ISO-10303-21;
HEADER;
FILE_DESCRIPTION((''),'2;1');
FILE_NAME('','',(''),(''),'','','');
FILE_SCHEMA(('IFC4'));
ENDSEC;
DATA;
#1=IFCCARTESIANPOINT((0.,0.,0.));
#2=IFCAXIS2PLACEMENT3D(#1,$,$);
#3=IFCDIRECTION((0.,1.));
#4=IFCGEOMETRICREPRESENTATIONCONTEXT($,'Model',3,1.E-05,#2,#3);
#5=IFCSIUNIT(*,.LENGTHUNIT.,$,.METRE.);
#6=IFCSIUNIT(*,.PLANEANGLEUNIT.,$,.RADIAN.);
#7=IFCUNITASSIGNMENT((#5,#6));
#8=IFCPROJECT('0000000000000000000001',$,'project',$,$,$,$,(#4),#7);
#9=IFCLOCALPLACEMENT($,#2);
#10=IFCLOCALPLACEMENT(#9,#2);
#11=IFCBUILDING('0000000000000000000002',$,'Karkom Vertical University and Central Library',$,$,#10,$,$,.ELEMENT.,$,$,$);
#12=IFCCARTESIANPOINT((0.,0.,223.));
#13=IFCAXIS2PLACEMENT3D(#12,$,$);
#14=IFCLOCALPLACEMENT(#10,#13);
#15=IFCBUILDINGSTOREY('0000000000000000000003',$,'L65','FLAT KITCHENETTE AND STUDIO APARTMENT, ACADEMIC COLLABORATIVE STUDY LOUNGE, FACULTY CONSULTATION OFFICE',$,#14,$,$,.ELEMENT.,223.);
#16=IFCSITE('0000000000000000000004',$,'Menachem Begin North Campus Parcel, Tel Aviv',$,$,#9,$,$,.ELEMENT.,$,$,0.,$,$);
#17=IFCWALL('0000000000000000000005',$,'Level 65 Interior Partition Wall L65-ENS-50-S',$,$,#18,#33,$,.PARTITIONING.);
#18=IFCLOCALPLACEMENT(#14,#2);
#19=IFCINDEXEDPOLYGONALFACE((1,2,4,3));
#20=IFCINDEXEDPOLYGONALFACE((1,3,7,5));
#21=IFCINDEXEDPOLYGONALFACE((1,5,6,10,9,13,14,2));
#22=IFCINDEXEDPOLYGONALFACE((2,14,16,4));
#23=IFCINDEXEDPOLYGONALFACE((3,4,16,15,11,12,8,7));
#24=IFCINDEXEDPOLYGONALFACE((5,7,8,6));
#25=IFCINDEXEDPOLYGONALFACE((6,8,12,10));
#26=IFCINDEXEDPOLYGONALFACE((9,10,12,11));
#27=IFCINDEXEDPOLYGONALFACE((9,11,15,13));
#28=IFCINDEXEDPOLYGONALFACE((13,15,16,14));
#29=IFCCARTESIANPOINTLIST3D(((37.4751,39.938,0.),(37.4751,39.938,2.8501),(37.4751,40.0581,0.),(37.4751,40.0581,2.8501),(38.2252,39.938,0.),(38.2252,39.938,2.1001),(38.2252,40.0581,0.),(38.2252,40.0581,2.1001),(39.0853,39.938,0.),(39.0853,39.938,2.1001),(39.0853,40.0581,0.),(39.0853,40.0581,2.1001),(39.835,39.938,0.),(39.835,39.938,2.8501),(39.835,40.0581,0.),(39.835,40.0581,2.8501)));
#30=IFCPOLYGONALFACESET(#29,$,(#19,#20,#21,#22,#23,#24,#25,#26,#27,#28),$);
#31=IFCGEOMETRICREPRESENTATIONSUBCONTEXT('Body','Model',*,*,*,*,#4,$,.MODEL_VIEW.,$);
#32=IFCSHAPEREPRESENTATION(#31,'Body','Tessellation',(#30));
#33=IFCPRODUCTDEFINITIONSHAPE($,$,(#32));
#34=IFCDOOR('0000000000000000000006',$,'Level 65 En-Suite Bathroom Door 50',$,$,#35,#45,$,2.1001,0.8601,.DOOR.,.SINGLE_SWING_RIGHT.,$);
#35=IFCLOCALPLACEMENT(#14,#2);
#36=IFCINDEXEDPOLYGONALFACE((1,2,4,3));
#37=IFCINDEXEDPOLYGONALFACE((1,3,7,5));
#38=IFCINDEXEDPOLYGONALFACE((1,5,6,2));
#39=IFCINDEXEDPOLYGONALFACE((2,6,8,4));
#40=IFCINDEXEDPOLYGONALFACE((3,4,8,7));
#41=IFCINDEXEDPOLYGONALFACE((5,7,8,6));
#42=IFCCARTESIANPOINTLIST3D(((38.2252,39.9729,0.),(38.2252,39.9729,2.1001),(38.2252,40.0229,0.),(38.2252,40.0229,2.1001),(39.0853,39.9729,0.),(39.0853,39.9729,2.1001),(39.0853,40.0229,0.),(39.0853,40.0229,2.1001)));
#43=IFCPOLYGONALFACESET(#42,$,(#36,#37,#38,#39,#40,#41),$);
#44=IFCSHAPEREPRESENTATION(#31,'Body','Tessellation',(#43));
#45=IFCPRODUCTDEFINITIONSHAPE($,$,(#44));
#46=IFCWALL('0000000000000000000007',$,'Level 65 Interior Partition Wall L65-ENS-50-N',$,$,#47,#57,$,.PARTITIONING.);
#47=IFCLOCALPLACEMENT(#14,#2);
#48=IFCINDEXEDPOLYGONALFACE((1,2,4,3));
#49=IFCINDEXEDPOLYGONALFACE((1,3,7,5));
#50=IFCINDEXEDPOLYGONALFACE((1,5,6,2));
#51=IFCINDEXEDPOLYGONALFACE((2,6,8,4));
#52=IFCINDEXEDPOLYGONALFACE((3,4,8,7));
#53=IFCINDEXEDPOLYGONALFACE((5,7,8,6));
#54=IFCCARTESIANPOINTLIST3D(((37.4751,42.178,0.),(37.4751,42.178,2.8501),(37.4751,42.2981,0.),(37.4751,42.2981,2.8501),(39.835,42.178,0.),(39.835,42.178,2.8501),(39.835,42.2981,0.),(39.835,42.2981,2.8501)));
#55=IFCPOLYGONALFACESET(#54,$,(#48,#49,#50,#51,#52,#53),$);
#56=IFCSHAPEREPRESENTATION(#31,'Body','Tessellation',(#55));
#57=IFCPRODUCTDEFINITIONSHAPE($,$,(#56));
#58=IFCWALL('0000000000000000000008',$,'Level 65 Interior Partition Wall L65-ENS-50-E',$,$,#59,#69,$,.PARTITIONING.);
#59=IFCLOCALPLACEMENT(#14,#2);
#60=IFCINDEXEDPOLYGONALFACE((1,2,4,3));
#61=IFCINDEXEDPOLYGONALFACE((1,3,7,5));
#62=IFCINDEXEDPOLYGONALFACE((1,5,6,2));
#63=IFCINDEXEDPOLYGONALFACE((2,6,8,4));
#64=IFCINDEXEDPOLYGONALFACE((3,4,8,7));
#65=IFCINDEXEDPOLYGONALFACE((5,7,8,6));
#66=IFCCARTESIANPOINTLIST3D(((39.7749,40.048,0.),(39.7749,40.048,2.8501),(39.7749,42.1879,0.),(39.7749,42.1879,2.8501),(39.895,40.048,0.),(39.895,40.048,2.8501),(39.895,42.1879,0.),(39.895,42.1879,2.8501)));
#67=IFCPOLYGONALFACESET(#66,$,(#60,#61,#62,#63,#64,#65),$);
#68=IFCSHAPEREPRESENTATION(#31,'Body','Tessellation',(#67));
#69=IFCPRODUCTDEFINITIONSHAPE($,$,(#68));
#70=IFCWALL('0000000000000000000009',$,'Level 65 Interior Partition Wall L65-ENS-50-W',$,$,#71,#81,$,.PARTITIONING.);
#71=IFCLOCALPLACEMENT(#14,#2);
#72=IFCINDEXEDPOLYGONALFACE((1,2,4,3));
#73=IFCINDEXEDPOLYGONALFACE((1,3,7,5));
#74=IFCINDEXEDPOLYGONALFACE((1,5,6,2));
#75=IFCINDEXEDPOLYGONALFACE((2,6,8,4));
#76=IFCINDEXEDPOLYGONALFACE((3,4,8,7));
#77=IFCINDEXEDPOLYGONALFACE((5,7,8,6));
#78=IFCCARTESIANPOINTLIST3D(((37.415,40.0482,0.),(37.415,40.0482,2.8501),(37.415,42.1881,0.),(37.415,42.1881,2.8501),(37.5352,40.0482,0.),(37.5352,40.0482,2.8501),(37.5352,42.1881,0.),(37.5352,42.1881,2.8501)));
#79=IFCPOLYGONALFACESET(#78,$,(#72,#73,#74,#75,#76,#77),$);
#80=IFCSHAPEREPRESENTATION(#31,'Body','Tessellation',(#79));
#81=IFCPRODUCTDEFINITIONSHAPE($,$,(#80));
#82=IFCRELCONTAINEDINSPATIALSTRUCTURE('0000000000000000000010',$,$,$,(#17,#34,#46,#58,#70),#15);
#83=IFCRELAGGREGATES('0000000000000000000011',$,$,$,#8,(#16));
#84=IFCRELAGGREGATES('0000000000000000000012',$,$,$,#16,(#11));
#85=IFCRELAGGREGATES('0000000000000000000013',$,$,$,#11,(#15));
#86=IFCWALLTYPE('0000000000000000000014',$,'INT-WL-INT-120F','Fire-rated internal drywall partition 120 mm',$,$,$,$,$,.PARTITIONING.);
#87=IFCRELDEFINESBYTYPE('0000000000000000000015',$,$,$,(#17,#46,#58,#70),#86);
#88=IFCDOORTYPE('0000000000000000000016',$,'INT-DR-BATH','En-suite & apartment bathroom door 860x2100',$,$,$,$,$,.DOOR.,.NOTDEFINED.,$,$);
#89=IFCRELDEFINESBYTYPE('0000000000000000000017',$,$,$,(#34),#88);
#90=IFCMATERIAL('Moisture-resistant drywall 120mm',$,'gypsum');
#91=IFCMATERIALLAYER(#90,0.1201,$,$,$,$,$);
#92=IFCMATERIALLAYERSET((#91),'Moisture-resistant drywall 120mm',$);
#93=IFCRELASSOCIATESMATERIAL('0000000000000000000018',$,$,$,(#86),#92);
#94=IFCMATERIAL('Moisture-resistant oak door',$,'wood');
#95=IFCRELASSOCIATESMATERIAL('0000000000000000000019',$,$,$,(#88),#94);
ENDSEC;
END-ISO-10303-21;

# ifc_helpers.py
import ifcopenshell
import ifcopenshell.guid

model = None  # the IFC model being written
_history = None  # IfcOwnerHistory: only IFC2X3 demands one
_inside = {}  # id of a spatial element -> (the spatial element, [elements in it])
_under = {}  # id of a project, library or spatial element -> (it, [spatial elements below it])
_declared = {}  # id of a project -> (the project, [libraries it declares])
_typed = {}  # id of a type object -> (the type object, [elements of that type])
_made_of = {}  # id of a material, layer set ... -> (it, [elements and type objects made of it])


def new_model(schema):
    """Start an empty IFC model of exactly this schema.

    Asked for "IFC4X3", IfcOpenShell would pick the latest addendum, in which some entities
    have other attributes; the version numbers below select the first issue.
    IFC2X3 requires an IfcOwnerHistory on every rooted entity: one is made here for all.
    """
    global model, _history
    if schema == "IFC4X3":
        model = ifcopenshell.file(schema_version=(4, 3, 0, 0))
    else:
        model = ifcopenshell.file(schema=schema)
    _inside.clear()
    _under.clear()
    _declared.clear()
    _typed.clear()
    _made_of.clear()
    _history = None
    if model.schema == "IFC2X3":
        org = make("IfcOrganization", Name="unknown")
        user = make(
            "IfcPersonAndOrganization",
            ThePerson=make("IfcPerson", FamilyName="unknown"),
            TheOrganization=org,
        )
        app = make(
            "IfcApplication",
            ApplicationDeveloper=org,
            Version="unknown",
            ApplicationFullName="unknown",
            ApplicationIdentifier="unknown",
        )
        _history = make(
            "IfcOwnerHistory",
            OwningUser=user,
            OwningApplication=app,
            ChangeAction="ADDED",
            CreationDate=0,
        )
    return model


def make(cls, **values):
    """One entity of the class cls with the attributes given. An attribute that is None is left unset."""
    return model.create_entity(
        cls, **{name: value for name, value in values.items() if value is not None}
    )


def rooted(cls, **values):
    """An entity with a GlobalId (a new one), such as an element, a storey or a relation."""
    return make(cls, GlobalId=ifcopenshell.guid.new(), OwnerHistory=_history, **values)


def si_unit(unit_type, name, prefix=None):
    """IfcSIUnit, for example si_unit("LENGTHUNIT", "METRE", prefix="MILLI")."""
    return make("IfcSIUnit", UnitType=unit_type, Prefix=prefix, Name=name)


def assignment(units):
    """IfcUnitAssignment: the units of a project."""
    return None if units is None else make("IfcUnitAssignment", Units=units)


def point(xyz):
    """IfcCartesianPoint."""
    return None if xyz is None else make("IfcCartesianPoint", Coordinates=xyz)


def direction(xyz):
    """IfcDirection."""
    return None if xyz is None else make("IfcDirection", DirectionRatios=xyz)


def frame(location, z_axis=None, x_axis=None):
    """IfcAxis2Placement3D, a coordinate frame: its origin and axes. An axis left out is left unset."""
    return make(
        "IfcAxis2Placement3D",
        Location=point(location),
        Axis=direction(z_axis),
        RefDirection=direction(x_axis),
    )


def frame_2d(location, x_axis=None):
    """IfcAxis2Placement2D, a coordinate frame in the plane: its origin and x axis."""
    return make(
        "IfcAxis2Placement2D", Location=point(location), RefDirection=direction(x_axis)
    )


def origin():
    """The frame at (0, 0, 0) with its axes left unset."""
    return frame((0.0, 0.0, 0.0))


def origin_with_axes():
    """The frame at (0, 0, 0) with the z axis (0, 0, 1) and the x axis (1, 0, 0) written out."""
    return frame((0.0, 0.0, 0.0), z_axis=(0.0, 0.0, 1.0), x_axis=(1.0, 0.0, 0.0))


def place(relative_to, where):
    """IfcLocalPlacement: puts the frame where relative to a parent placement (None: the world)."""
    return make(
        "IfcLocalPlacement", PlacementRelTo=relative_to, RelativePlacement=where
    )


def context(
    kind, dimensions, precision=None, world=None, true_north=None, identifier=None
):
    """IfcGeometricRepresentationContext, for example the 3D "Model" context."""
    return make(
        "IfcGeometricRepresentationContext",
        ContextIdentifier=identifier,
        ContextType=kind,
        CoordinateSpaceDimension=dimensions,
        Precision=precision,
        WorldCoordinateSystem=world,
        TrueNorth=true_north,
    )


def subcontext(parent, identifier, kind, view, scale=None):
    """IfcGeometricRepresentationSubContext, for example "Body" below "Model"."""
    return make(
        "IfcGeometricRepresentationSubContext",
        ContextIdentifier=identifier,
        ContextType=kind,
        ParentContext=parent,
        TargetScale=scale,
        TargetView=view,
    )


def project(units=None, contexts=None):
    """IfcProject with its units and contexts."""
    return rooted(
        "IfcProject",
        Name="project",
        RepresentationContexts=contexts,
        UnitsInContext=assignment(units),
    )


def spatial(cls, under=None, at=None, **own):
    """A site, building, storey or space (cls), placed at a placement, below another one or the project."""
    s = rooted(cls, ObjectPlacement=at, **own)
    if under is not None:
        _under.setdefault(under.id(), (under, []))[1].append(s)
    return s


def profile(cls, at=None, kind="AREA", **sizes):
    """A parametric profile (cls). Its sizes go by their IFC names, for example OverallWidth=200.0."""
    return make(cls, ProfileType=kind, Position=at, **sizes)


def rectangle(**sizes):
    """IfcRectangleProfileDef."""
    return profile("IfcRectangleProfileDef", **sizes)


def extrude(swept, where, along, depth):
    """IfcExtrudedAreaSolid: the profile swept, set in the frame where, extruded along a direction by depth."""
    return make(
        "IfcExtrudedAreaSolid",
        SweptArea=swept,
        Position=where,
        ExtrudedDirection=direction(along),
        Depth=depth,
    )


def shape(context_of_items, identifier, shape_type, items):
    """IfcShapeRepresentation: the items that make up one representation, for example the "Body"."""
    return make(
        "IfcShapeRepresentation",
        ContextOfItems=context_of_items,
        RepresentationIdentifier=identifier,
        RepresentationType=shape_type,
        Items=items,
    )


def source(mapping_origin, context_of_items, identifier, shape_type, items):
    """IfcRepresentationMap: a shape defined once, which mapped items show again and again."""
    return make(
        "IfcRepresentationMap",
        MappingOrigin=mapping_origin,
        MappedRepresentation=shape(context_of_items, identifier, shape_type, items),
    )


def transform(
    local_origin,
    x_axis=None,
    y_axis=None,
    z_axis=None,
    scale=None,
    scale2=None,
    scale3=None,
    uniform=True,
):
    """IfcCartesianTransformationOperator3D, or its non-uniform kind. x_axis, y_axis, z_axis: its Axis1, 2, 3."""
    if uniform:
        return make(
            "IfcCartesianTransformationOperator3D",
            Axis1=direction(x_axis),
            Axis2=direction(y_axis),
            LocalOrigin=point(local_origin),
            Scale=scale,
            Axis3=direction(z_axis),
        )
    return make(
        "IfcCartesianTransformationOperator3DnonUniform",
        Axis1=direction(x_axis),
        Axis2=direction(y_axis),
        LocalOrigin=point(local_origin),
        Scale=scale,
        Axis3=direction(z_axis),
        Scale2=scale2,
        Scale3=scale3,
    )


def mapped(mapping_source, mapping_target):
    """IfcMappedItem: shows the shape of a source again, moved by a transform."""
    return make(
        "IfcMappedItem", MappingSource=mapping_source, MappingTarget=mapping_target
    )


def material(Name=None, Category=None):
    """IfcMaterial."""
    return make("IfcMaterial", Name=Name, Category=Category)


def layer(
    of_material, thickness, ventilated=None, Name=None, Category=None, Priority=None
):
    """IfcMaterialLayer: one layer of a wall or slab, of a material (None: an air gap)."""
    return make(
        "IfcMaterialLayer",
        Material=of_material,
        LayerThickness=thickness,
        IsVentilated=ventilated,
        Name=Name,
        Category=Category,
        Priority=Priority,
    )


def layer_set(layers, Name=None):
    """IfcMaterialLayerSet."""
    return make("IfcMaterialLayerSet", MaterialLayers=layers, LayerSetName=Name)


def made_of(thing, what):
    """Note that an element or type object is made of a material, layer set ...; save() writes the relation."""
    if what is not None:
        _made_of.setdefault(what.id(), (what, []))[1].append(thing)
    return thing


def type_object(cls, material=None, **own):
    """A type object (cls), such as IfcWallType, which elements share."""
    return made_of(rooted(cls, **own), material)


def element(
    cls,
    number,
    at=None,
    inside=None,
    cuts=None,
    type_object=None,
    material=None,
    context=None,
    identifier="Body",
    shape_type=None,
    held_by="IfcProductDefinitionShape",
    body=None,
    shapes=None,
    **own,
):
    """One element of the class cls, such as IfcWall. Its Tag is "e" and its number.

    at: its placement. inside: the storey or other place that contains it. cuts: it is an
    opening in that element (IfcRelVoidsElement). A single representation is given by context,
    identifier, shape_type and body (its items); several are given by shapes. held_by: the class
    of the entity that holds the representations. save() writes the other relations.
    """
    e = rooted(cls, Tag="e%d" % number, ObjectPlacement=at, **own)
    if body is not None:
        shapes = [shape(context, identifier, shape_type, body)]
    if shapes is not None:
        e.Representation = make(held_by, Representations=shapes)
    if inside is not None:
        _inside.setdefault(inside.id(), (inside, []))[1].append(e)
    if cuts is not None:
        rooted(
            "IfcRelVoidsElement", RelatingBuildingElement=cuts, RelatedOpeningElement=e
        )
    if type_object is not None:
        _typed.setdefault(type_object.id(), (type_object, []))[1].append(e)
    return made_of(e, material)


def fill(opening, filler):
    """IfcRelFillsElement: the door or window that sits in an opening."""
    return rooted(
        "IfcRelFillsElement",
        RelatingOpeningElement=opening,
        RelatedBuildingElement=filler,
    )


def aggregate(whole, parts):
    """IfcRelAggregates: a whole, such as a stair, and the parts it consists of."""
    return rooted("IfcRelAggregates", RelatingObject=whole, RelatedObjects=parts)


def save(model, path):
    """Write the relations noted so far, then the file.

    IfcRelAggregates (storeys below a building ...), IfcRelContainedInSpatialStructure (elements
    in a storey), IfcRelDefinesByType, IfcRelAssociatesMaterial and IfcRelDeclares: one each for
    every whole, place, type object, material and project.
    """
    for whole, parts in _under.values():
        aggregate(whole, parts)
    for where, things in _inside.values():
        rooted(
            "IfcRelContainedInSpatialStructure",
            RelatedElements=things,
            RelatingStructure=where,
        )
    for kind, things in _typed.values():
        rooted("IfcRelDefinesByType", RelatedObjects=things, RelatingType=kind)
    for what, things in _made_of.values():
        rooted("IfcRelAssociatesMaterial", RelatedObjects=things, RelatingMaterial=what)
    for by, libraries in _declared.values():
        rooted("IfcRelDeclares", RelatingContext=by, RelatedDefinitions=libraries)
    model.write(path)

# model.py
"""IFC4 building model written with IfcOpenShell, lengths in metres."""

from ifc_helpers import new_model, si_unit, direction, frame, frame_2d, origin, origin_with_axes, place, context, subcontext, project, spatial, rectangle, extrude, source, transform, mapped, material, layer, layer_set, type_object, element, fill, save


model = new_model("IFC4")

# Units and contexts
model_context = context("Model", 3, precision=1e-05, world=origin(), true_north=direction((0.0, 1.0)))
body_context = subcontext(model_context, "Body", "Model", "MODEL_VIEW")
ifc_project = project(units=[si_unit("LENGTHUNIT", "METRE"), si_unit("PLANEANGLEUNIT", "RADIAN")], contexts=[model_context])

# Site, building, storey
site_placement = place(None, origin())
site = spatial("IfcSite", under=ifc_project, at=site_placement, Name="Menachem Begin North Campus Parcel, Tel Aviv", CompositionType="ELEMENT", RefElevation=0.0)
building_placement = place(site_placement, origin())
building = spatial("IfcBuilding", under=site, at=building_placement, Name="Karkom Vertical University and Central Library", CompositionType="ELEMENT")
storey_placement = place(building_placement, frame((0.0, 0.0, 223.0)))
storey = spatial("IfcBuildingStorey", under=building, at=storey_placement, Name="L65", Description="FLAT KITCHENETTE AND STUDIO APARTMENT, ACADEMIC COLLABORATIVE STUDY LOUNGE, FACULTY CONSULTATION OFFICE", CompositionType="ELEMENT", Elevation=223.0)

# Wall, opening, door
ifc_material_1 = material(Name="Moisture-resistant drywall 120mm", Category="gypsum")
ifc_layer_1 = layer(ifc_material_1, 0.1201)
ifc_layer_set_1 = layer_set([ifc_layer_1], Name="Moisture-resistant drywall 120mm")
wall_type_1 = type_object("IfcWallType", Name="INT-WL-INT-120F", Description="Fire-rated internal drywall partition 120 mm", PredefinedType="PARTITIONING", material=ifc_layer_set_1)
wall_1_placement = place(storey_placement, frame((37.4751, 39.998, 0.0), z_axis=(0.0, 0.0, 1.0), x_axis=(1.0, 0.0, 0.0)))
wall_1 = element("IfcWall", 1, at=wall_1_placement, inside=storey, type_object=wall_type_1, Name="Level 65 Interior Partition Wall L65-ENS-50-S", PredefinedType="PARTITIONING", context=body_context, shape_type="SweptSolid", body=[
    extrude(rectangle(XDim=2.3599, YDim=0.1201, at=frame_2d((1.1799, 0.0))), origin(), (0.0, 0.0, 1.0), 2.8501),
])
opening_1_placement = place(wall_1_placement, frame((0.75, 0.0, 0.0)))
opening_1 = element("IfcOpeningElement", 2, at=opening_1_placement, cuts=wall_1, PredefinedType="OPENING", context=body_context, shape_type="SweptSolid", body=[
    extrude(rectangle(XDim=0.8601, YDim=2.1001, at=frame_2d((0.4302, 1.05))), frame((0.0, 0.0701, 0.0), z_axis=(0.0, -1.0, 0.0), x_axis=(1.0, 0.0, 0.0)), (0.0, 0.0, 1.0), 0.1401),
])
ifc_material_2 = material(Name="Moisture-resistant oak door", Category="wood")
door_type = type_object("IfcDoorType", Name="INT-DR-BATH", Description="En-suite & apartment bathroom door 860x2100", OperationType="NOTDEFINED", PredefinedType="DOOR", material=ifc_material_2)
shared_shape_1 = source(origin_with_axes(), body_context, "Body", "SweptSolid", [
    extrude(rectangle(XDim=0.8601, YDim=2.1001, at=frame_2d((0.4302, 1.05))), frame((0.0, 0.0249, 0.0), z_axis=(0.0, -1.0, 0.0), x_axis=(1.0, 0.0, 0.0)), (0.0, 0.0, 1.0), 0.05),
])
door_placement = place(opening_1_placement, origin())
door = element("IfcDoor", 3, at=door_placement, inside=storey, type_object=door_type, Name="Level 65 En-Suite Bathroom Door 50", OperationType="SINGLE_SWING_RIGHT", OverallHeight=2.1001, OverallWidth=0.8601, PredefinedType="DOOR", context=body_context, shape_type="MappedRepresentation", body=[
    mapped(shared_shape_1, transform((0.0, 0.0, 0.0), scale=1.0)),
])
fill(opening_1, door)

# Walls
wall_2_placement = place(storey_placement, frame((39.835, 42.238, 0.0), z_axis=(0.0, 0.0, 1.0), x_axis=(-1.0, 0.0, 0.0)))
element("IfcWall", 4, at=wall_2_placement, inside=storey, type_object=wall_type_1, Name="Level 65 Interior Partition Wall L65-ENS-50-N", PredefinedType="PARTITIONING", context=body_context, shape_type="SweptSolid", body=[
    extrude(rectangle(XDim=2.3599, YDim=0.1201, at=frame_2d((1.1799, 0.0))), origin(), (0.0, 0.0, 1.0), 2.8501),
])
for number, where, z_axis, x_axis, name in (
    (5, (39.835, 40.0481, 0.0), (0.0, 0.0, 1.0), (0.0, 1.0, 0.0), "Level 65 Interior Partition Wall L65-ENS-50-E"),
    (6, (37.4751, 42.188, 0.0), (0.0, 0.0, 1.0), (0.0, -1.0, 0.0), "Level 65 Interior Partition Wall L65-ENS-50-W"),
):
    element("IfcWall", number, at=place(storey_placement, frame(where, z_axis=z_axis, x_axis=x_axis)), inside=storey, type_object=wall_type_1, Name=name, PredefinedType="PARTITIONING", context=body_context, shape_type="SweptSolid", body=[
        extrude(rectangle(XDim=2.1399, YDim=0.1201, at=frame_2d((1.0698, 0.0))), origin(), (0.0, 0.0, 1.0), 2.8501),
    ])

save(model, "model.ifc")
